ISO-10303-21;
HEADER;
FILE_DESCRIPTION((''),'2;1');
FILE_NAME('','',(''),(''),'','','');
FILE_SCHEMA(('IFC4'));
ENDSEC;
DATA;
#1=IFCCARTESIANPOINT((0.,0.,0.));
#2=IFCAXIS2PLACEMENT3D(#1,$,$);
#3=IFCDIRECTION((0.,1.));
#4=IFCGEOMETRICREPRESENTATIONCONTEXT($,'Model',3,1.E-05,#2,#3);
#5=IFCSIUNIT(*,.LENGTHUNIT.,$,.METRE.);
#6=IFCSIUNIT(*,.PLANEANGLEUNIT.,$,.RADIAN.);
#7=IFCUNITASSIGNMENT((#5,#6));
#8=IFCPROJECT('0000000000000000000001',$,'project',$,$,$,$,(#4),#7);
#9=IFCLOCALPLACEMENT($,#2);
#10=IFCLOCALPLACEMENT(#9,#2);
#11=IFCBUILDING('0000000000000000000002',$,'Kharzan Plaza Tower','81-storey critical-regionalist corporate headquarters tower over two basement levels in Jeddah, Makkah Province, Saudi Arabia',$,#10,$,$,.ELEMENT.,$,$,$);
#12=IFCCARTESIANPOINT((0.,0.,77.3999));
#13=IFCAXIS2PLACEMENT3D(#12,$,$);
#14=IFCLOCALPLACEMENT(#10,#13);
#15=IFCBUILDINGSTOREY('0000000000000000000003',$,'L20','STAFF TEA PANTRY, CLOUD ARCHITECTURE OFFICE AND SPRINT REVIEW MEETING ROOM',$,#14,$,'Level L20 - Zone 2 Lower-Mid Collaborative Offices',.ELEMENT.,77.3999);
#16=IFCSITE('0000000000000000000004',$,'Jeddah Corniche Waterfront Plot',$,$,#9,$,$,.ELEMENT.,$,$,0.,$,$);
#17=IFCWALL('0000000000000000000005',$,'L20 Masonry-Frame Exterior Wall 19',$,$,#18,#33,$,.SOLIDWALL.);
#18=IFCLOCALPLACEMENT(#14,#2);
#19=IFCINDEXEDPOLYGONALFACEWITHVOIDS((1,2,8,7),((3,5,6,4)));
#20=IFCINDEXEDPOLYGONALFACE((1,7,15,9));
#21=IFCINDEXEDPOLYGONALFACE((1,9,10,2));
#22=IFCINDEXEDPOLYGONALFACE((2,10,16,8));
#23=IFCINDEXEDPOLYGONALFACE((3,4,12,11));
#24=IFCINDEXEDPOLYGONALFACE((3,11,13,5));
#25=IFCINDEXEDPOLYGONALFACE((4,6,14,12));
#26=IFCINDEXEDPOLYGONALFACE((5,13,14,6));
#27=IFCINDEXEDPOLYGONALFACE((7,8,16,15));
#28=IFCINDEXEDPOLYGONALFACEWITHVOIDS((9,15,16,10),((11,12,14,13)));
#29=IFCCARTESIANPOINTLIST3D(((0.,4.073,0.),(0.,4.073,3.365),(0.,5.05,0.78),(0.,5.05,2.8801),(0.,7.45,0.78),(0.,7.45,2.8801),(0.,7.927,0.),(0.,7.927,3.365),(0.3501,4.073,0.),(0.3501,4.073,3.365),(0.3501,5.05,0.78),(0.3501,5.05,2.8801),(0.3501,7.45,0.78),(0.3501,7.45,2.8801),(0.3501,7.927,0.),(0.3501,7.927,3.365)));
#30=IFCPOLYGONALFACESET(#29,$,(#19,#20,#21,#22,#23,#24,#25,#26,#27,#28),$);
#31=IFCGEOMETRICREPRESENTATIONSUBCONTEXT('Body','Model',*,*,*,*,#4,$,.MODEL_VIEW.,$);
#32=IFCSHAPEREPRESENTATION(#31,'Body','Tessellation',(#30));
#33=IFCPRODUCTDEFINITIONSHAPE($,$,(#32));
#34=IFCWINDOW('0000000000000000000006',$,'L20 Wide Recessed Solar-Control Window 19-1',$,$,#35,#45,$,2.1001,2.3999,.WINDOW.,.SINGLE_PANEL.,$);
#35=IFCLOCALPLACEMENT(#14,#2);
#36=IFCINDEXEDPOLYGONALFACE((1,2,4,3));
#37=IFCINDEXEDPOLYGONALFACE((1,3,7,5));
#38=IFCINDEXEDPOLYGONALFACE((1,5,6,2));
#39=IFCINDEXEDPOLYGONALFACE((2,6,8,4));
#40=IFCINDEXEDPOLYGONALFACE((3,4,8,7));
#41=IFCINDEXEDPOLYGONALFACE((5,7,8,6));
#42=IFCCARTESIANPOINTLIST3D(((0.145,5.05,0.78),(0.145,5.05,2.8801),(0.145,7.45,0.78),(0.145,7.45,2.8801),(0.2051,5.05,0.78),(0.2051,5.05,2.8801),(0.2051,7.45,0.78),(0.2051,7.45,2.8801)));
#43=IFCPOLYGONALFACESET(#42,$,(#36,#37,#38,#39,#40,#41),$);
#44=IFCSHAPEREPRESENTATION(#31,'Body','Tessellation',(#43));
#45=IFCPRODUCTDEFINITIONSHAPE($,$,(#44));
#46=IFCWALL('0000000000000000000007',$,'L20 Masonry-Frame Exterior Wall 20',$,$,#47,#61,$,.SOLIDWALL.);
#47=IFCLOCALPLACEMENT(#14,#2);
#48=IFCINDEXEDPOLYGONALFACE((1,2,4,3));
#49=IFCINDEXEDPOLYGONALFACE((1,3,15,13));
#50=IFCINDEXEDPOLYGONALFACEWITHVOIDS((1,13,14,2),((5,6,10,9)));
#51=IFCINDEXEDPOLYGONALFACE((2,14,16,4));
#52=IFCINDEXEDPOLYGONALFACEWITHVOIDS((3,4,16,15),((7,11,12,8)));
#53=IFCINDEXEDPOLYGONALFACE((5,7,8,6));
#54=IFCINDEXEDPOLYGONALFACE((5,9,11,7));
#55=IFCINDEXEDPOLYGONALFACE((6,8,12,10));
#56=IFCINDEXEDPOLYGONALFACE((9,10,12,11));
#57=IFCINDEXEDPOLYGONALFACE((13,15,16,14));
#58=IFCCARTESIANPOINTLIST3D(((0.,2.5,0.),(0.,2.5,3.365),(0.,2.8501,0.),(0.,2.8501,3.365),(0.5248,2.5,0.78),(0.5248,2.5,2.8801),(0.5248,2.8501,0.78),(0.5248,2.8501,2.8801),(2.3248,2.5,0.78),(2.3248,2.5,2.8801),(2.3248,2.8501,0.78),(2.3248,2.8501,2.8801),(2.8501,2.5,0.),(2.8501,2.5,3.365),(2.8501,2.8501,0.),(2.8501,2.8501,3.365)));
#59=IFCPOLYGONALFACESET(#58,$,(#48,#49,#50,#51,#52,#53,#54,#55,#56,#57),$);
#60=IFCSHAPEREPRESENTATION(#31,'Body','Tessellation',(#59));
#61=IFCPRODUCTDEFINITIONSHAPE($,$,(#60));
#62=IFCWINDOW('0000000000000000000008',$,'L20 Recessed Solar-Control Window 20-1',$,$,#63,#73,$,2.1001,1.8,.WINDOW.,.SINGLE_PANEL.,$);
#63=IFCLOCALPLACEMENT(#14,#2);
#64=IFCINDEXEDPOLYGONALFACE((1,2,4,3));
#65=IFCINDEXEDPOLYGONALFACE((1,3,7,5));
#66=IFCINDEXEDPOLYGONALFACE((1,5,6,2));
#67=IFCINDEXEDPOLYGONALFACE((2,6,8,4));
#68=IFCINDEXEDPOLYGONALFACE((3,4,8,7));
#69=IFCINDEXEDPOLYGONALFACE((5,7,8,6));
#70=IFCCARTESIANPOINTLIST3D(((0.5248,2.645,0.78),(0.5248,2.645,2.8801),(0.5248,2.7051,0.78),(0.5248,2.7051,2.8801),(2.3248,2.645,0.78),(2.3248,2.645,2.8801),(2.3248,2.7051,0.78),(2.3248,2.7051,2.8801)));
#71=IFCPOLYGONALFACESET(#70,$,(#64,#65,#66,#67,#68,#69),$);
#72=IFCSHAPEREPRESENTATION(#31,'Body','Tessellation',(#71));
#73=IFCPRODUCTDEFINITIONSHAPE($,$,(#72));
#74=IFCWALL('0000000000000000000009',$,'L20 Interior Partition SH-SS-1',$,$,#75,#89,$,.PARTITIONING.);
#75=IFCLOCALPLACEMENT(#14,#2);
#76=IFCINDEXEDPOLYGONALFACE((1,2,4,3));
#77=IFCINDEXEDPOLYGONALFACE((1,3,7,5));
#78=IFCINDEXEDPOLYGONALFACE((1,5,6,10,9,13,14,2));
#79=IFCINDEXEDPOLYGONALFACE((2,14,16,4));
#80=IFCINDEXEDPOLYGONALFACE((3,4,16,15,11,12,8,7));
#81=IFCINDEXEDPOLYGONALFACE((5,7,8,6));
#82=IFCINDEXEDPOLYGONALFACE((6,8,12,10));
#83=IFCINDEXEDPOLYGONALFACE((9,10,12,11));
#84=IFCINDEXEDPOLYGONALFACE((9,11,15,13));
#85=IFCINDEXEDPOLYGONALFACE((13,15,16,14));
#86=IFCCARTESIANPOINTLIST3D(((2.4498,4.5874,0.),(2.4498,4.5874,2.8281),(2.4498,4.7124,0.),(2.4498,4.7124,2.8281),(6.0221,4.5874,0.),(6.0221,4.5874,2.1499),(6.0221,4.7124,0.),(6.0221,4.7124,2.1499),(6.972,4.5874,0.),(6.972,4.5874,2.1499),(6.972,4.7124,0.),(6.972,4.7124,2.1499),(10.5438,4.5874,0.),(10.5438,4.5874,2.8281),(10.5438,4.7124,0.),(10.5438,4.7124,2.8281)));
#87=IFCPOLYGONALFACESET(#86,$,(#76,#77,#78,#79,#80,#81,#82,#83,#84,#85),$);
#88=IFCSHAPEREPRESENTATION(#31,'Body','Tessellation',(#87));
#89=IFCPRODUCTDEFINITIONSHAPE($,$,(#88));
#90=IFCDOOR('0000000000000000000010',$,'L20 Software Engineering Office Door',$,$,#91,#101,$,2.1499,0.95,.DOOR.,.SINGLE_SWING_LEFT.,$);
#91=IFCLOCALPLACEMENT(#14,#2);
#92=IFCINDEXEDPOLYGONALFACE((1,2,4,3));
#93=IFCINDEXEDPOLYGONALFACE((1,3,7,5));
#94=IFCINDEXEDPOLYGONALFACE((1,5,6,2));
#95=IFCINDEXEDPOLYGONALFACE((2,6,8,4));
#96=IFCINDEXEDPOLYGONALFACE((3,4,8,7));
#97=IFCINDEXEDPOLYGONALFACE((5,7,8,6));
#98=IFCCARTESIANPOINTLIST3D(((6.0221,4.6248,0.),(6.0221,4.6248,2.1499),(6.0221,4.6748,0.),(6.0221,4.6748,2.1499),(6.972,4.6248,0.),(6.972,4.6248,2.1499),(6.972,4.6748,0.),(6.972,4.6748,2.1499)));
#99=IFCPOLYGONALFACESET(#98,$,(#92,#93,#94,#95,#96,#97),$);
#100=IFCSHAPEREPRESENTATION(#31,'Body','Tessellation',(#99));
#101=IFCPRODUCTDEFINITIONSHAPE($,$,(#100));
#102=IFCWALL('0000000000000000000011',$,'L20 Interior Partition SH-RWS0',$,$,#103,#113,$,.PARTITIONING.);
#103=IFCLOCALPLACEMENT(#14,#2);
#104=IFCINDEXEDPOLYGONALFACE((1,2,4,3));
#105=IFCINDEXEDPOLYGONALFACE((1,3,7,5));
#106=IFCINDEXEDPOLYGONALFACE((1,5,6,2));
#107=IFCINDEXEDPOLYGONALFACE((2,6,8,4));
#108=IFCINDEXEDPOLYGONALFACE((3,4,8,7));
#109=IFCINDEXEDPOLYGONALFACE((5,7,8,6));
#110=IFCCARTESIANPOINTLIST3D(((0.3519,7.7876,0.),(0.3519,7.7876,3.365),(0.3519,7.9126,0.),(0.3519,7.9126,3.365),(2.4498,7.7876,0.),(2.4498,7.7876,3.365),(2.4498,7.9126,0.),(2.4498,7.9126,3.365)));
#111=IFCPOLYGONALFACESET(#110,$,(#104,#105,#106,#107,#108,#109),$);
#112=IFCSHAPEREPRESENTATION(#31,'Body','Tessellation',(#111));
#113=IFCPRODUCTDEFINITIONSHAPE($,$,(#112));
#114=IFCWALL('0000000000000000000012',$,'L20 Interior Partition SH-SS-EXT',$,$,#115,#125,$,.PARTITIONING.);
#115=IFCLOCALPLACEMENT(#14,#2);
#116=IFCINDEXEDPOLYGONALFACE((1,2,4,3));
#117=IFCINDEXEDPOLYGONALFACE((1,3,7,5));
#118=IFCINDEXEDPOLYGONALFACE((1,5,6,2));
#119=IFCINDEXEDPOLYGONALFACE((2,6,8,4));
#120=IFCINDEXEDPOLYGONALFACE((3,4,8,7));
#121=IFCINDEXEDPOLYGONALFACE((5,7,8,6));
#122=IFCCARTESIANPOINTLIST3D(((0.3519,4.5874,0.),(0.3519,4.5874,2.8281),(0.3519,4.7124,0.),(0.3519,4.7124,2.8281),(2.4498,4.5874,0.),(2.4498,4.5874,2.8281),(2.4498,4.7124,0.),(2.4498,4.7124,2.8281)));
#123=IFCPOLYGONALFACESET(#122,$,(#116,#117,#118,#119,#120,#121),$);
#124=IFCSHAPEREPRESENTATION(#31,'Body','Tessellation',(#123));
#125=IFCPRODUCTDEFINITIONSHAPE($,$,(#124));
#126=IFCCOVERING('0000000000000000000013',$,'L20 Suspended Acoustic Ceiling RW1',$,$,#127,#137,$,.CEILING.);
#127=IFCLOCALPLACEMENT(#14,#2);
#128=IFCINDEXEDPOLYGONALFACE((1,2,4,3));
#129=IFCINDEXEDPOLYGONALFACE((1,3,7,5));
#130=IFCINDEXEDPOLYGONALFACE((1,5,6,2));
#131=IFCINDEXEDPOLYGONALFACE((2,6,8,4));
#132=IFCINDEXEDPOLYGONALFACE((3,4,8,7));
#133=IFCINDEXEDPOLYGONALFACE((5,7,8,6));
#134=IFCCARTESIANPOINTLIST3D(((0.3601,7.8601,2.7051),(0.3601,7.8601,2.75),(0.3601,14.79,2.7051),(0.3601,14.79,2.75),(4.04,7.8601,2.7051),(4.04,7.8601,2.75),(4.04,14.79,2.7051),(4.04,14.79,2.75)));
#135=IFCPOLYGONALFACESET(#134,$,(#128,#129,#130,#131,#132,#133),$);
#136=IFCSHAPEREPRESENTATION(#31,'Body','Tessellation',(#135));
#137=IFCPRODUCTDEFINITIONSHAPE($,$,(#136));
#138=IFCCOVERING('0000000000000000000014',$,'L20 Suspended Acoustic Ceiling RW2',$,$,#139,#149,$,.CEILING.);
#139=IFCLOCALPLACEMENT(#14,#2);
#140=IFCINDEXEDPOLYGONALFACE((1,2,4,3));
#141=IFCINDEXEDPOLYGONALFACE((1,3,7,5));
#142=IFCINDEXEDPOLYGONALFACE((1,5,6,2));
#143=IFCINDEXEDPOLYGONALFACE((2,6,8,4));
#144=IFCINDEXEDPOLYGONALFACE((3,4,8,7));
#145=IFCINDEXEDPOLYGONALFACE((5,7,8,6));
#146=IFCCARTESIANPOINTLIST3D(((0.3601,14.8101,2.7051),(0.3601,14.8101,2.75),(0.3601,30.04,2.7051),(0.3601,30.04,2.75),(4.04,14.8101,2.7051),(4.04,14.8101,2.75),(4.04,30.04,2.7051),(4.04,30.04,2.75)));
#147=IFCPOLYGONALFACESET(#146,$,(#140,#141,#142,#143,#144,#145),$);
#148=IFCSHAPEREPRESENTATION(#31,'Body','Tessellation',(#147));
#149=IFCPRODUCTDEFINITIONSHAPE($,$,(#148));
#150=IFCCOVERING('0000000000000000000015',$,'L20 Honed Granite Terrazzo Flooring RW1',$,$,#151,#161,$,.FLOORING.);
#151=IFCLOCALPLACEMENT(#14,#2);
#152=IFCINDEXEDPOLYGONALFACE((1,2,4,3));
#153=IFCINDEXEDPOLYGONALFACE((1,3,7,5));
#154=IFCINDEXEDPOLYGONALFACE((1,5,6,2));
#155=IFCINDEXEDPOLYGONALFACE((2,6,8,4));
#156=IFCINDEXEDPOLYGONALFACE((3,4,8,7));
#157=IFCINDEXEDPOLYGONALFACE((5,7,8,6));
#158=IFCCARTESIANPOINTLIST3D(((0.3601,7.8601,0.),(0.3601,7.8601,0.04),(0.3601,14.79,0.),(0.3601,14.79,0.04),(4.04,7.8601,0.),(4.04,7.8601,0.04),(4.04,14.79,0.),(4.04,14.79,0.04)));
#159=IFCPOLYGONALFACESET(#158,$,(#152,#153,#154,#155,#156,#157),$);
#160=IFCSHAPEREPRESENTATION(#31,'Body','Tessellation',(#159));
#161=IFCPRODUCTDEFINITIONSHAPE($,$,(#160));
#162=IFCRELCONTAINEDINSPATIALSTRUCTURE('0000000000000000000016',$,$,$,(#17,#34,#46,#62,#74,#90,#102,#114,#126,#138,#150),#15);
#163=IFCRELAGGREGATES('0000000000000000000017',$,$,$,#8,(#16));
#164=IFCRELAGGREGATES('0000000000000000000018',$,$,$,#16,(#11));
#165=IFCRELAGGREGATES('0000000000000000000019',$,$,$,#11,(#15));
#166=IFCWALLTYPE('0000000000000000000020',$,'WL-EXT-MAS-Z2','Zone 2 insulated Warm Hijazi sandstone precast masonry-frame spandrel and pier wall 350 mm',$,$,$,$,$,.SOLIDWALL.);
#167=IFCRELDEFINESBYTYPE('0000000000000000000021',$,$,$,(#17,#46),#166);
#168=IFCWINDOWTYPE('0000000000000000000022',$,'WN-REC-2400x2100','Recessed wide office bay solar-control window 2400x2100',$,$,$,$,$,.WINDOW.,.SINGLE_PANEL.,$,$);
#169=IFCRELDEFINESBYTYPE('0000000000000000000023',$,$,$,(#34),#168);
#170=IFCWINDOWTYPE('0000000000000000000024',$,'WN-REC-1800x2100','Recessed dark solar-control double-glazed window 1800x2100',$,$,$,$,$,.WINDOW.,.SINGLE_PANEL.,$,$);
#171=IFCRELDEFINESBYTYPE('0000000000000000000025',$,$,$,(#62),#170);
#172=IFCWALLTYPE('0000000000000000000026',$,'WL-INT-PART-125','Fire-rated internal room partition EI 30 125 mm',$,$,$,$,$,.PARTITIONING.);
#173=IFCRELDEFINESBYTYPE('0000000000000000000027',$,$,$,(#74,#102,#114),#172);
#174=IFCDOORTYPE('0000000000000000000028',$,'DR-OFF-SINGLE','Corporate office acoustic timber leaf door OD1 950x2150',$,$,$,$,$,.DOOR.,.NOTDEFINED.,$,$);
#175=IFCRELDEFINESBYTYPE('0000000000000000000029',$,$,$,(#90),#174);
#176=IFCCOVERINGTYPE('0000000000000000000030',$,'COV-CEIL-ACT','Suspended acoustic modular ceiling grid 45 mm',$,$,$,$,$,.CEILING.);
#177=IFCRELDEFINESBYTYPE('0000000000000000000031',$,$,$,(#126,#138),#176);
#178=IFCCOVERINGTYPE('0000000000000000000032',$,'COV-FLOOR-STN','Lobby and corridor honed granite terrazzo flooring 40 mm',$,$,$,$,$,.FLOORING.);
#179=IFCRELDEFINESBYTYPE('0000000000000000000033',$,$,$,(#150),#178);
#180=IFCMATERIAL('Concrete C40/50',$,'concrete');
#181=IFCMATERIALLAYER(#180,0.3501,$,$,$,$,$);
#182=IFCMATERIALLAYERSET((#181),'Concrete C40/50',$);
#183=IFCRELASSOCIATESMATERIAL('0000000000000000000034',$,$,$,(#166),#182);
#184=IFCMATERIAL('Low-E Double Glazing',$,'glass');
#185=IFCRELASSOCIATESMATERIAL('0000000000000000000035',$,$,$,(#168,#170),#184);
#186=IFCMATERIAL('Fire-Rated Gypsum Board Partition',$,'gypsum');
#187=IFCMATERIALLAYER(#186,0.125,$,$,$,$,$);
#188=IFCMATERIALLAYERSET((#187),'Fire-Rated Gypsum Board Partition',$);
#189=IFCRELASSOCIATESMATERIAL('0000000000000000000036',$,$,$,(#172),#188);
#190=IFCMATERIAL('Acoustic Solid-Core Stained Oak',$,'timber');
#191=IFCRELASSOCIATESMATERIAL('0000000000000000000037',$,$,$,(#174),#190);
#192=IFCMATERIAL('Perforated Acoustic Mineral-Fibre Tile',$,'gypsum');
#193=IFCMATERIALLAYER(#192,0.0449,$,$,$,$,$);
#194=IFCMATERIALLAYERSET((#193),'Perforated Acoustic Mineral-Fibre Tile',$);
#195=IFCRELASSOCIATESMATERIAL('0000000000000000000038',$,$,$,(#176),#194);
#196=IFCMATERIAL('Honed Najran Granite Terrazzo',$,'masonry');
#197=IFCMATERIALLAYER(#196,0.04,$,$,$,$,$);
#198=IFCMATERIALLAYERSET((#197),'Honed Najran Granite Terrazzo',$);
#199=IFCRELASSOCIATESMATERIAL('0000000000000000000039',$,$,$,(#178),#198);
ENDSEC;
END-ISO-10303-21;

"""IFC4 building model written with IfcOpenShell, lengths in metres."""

from ifc_helpers import new_model, si_unit, direction, frame, frame_2d, origin, place, context, subcontext, project, spatial, polyline, rectangle, outline, extrude, source, transform, mapped, material, layer, layer_set, type_object, element, fill, save


model = new_model("IFC4")

# Units and contexts
model_context = context("Model", 3, precision=1e-05, world=origin(), true_north=direction((0.0, 1.0)))
body_context = subcontext(model_context, "Body", "Model", "MODEL_VIEW")
ifc_project = project(units=[si_unit("LENGTHUNIT", "METRE"), si_unit("PLANEANGLEUNIT", "RADIAN")], contexts=[model_context])

# Site, building, storey
site_placement = place(None, origin())
site = spatial("IfcSite", under=ifc_project, at=site_placement, Name="Jeddah Corniche Waterfront Plot", CompositionType="ELEMENT", RefElevation=0.0)
building_placement = place(site_placement, origin())
building = spatial("IfcBuilding", under=site, at=building_placement, Name="Kharzan Plaza Tower", Description="81-storey critical-regionalist corporate headquarters tower over two basement levels in Jeddah, Makkah Province, Saudi Arabia", CompositionType="ELEMENT")
storey_placement = place(building_placement, frame((0.0, 0.0, 77.3999)))
storey = spatial("IfcBuildingStorey", under=building, at=storey_placement, Name="L20", Description="STAFF TEA PANTRY, CLOUD ARCHITECTURE OFFICE AND SPRINT REVIEW MEETING ROOM", LongName="Level L20 - Zone 2 Lower-Mid Collaborative Offices", CompositionType="ELEMENT", Elevation=77.3999)

# Shared definitions
ifc_material_1 = material(Name="Concrete C40/50", Category="concrete")

# Walls, openings, windows
ifc_layer_1 = layer(ifc_material_1, 0.3501)
ifc_layer_set_1 = layer_set([ifc_layer_1], Name="Concrete C40/50")
wall_type_1 = type_object("IfcWallType", Name="WL-EXT-MAS-Z2", Description="Zone 2 insulated Warm Hijazi sandstone precast masonry-frame spandrel and pier wall 350 mm", PredefinedType="SOLIDWALL", material=ifc_layer_set_1)
wall_1_placement = place(storey_placement, frame((0.175, 7.927, 0.0), z_axis=(0.0, 0.0, 1.0), x_axis=(0.0, -1.0, 0.0)))
wall_1 = element("IfcWall", 1, at=wall_1_placement, inside=storey, type_object=wall_type_1, Name="L20 Masonry-Frame Exterior Wall 19", PredefinedType="SOLIDWALL", context=body_context, shape_type="SweptSolid", body=[
    extrude(rectangle(XDim=3.854, YDim=0.3501, at=frame_2d((1.927, 0.0))), origin(), (0.0, 0.0, 1.0), 3.365),
])
opening_1_placement = place(wall_1_placement, frame((0.4771, 0.0, 0.78)))
opening_1 = element("IfcOpeningElement", 2, at=opening_1_placement, cuts=wall_1, PredefinedType="OPENING", context=body_context, shape_type="SweptSolid", body=[
    extrude(rectangle(XDim=2.3999, YDim=2.1001, at=frame_2d((1.2, 1.05))), frame((0.0, 0.1851, 0.0), z_axis=(0.0, -1.0, 0.0), x_axis=(1.0, 0.0, 0.0)), (0.0, 0.0, 1.0), 0.3701),
])
ifc_material_2 = material(Name="Low-E Double Glazing", Category="glass")
window_type_1 = type_object("IfcWindowType", Name="WN-REC-2400x2100", Description="Recessed wide office bay solar-control window 2400x2100", PartitioningType="SINGLE_PANEL", PredefinedType="WINDOW", material=ifc_material_2)
shared_shape_1 = source(origin(), body_context, "Body", "SweptSolid", [
    extrude(rectangle(XDim=2.3999, YDim=2.1001, at=frame_2d((1.2, 1.05))), frame((0.0, 0.03, 0.0), z_axis=(0.0, -1.0, 0.0), x_axis=(1.0, 0.0, 0.0)), (0.0, 0.0, 1.0), 0.0601),
])
window_1_placement = place(opening_1_placement, origin())
window_1 = element("IfcWindow", 3, at=window_1_placement, inside=storey, type_object=window_type_1, Name="L20 Wide Recessed Solar-Control Window 19-1", OverallHeight=2.1001, OverallWidth=2.3999, PartitioningType="SINGLE_PANEL", PredefinedType="WINDOW", context=body_context, shape_type="MappedRepresentation", body=[
    mapped(shared_shape_1, transform((0.0, 0.0, 0.0), x_axis=(1.0, 0.0, 0.0), y_axis=(0.0, 1.0, 0.0), z_axis=(0.0, 0.0, 1.0))),
])
fill(opening_1, window_1)
wall_2_placement = place(storey_placement, frame((0.0, 2.675, 0.0), z_axis=(0.0, 0.0, 1.0), x_axis=(1.0, 0.0, 0.0)))
wall_2 = element("IfcWall", 4, at=wall_2_placement, inside=storey, type_object=wall_type_1, Name="L20 Masonry-Frame Exterior Wall 20", PredefinedType="SOLIDWALL", context=body_context, shape_type="SweptSolid", body=[
    extrude(rectangle(XDim=2.8501, YDim=0.3501, at=frame_2d((1.425, 0.0))), origin(), (0.0, 0.0, 1.0), 3.365),
])
opening_2_placement = place(wall_2_placement, frame((0.5249, 0.0, 0.78)))
opening_2 = element("IfcOpeningElement", 5, at=opening_2_placement, cuts=wall_2, PredefinedType="OPENING", context=body_context, shape_type="SweptSolid", body=[
    extrude(rectangle(XDim=1.8, YDim=2.1001, at=frame_2d((0.8999, 1.05))), frame((0.0, 0.1851, 0.0), z_axis=(0.0, -1.0, 0.0), x_axis=(1.0, 0.0, 0.0)), (0.0, 0.0, 1.0), 0.3701),
])
window_type_2 = type_object("IfcWindowType", Name="WN-REC-1800x2100", Description="Recessed dark solar-control double-glazed window 1800x2100", PartitioningType="SINGLE_PANEL", PredefinedType="WINDOW", material=ifc_material_2)
shared_shape_2 = source(origin(), body_context, "Body", "SweptSolid", [
    extrude(rectangle(XDim=1.8, YDim=2.1001, at=frame_2d((0.8999, 1.05))), frame((0.0, 0.03, 0.0), z_axis=(0.0, -1.0, 0.0), x_axis=(1.0, 0.0, 0.0)), (0.0, 0.0, 1.0), 0.0601),
])
window_2_placement = place(opening_2_placement, origin())
window_2 = element("IfcWindow", 6, at=window_2_placement, inside=storey, type_object=window_type_2, Name="L20 Recessed Solar-Control Window 20-1", OverallHeight=2.1001, OverallWidth=1.8, PartitioningType="SINGLE_PANEL", PredefinedType="WINDOW", context=body_context, shape_type="MappedRepresentation", body=[
    mapped(shared_shape_2, transform((0.0, 0.0, 0.0), x_axis=(1.0, 0.0, 0.0), y_axis=(0.0, 1.0, 0.0), z_axis=(0.0, 0.0, 1.0))),
])
fill(opening_2, window_2)

# Wall, opening, door
ifc_material_3 = material(Name="Fire-Rated Gypsum Board Partition", Category="gypsum")
ifc_layer_2 = layer(ifc_material_3, 0.125)
ifc_layer_set_2 = layer_set([ifc_layer_2], Name="Fire-Rated Gypsum Board Partition")
wall_type_2 = type_object("IfcWallType", Name="WL-INT-PART-125", Description="Fire-rated internal room partition EI 30 125 mm", PredefinedType="PARTITIONING", material=ifc_layer_set_2)
ifc_material_4 = material(Name="Acoustic Solid-Core Stained Oak", Category="timber")
door_type = type_object("IfcDoorType", Name="DR-OFF-SINGLE", Description="Corporate office acoustic timber leaf door OD1 950x2150", OperationType="NOTDEFINED", PredefinedType="DOOR", material=ifc_material_4)
shared_shape_3 = source(origin(), body_context, "Body", "SweptSolid", [
    extrude(rectangle(XDim=0.95, YDim=2.1499, at=frame_2d((0.4751, 1.075))), frame((0.0, 0.0249, 0.0), z_axis=(0.0, -1.0, 0.0), x_axis=(1.0, 0.0, 0.0)), (0.0, 0.0, 1.0), 0.05),
])
wall_3_placement = place(storey_placement, frame((2.45, 4.6499, 0.0), z_axis=(0.0, 0.0, 1.0), x_axis=(1.0, 0.0, 0.0)))
wall_3 = element("IfcWall", 7, at=wall_3_placement, inside=storey, type_object=wall_type_2, Name="L20 Interior Partition SH-SS-1", PredefinedType="PARTITIONING", context=body_context, shape_type="SweptSolid", body=[
    extrude(rectangle(XDim=8.094, YDim=0.125, at=frame_2d((4.0469, 0.0))), origin(), (0.0, 0.0, 1.0), 2.8281),
])
opening_3_placement = place(wall_3_placement, frame((3.572, 0.0, 0.0)))
opening_3 = element("IfcOpeningElement", 8, at=opening_3_placement, cuts=wall_3, PredefinedType="OPENING", context=body_context, shape_type="SweptSolid", body=[
    extrude(rectangle(XDim=0.95, YDim=2.1499, at=frame_2d((0.4751, 1.075))), frame((0.0, 0.0725, 0.0), z_axis=(0.0, -1.0, 0.0), x_axis=(1.0, 0.0, 0.0)), (0.0, 0.0, 1.0), 0.145),
])
door_1_placement = place(opening_3_placement, origin())
door_1 = element("IfcDoor", 9, at=door_1_placement, inside=storey, type_object=door_type, Name="L20 Software Engineering Office Door", OperationType="SINGLE_SWING_LEFT", OverallHeight=2.1499, OverallWidth=0.95, PredefinedType="DOOR", context=body_context, shape_type="MappedRepresentation", body=[
    mapped(shared_shape_3, transform((0.0, 0.0, 0.0), x_axis=(1.0, 0.0, 0.0), y_axis=(0.0, 1.0, 0.0), z_axis=(0.0, 0.0, 1.0))),
])
fill(opening_3, door_1)

# Walls
shared_shape_4 = source(origin(), body_context, "Body", "SweptSolid", [
    extrude(rectangle(XDim=2.0979, YDim=0.125, at=frame_2d((1.0488, 0.0))), origin(), (0.0, 0.0, 1.0), 3.365),
])
wall_4_placement = place(storey_placement, frame((0.3521, 7.8501, 0.0), z_axis=(0.0, 0.0, 1.0), x_axis=(1.0, 0.0, 0.0)))
element("IfcWall", 10, at=wall_4_placement, inside=storey, type_object=wall_type_2, Name="L20 Interior Partition SH-RWS0", PredefinedType="PARTITIONING", context=body_context, shape_type="MappedRepresentation", body=[
    mapped(shared_shape_4, transform((0.0, 0.0, 0.0), x_axis=(1.0, 0.0, 0.0), y_axis=(0.0, 1.0, 0.0), z_axis=(0.0, 0.0, 1.0))),
])
shared_shape_5 = source(origin(), body_context, "Body", "SweptSolid", [
    extrude(rectangle(XDim=2.0979, YDim=0.125, at=frame_2d((1.0488, 0.0))), origin(), (0.0, 0.0, 1.0), 2.8281),
])
wall_5_placement = place(storey_placement, frame((0.3521, 4.6499, 0.0), z_axis=(0.0, 0.0, 1.0), x_axis=(1.0, 0.0, 0.0)))
element("IfcWall", 11, at=wall_5_placement, inside=storey, type_object=wall_type_2, Name="L20 Interior Partition SH-SS-EXT", PredefinedType="PARTITIONING", context=body_context, shape_type="MappedRepresentation", body=[
    mapped(shared_shape_5, transform((0.0, 0.0, 0.0), x_axis=(1.0, 0.0, 0.0), y_axis=(0.0, 1.0, 0.0), z_axis=(0.0, 0.0, 1.0))),
])

# Coverings
ifc_material_5 = material(Name="Perforated Acoustic Mineral-Fibre Tile", Category="gypsum")
ifc_layer_3 = layer(ifc_material_5, 0.0449)
ifc_layer_set_3 = layer_set([ifc_layer_3], Name="Perforated Acoustic Mineral-Fibre Tile")
covering_type_1 = type_object("IfcCoveringType", Name="COV-CEIL-ACT", Description="Suspended acoustic modular ceiling grid 45 mm", PredefinedType="CEILING", material=ifc_layer_set_3)
covering_1_placement = place(storey_placement, frame((0.0, 0.0, 2.7051)))
element("IfcCovering", 12, at=covering_1_placement, inside=storey, type_object=covering_type_1, Name="L20 Suspended Acoustic Ceiling RW1", PredefinedType="CEILING", context=body_context, shape_type="SweptSolid", body=[
    extrude(outline(polyline([(0.3601, 7.8601), (4.04, 7.8601), (4.04, 14.79), (0.3601, 14.79), (0.3601, 7.8601)])), origin(), (0.0, 0.0, 1.0), 0.0449),
])
covering_2_placement = place(storey_placement, frame((0.0, 0.0, 2.7051)))
element("IfcCovering", 13, at=covering_2_placement, inside=storey, type_object=covering_type_1, Name="L20 Suspended Acoustic Ceiling RW2", PredefinedType="CEILING", context=body_context, shape_type="SweptSolid", body=[
    extrude(outline(polyline([(0.3601, 14.8101), (4.04, 14.8101), (4.04, 30.04), (0.3601, 30.04), (0.3601, 14.8101)])), origin(), (0.0, 0.0, 1.0), 0.0449),
])
ifc_material_6 = material(Name="Honed Najran Granite Terrazzo", Category="masonry")
ifc_layer_4 = layer(ifc_material_6, 0.04)
ifc_layer_set_4 = layer_set([ifc_layer_4], Name="Honed Najran Granite Terrazzo")
covering_type_2 = type_object("IfcCoveringType", Name="COV-FLOOR-STN", Description="Lobby and corridor honed granite terrazzo flooring 40 mm", PredefinedType="FLOORING", material=ifc_layer_set_4)
covering_3_placement = place(storey_placement, origin())
element("IfcCovering", 14, at=covering_3_placement, inside=storey, type_object=covering_type_2, Name="L20 Honed Granite Terrazzo Flooring RW1", PredefinedType="FLOORING", context=body_context, shape_type="SweptSolid", body=[
    extrude(outline(polyline([(0.3601, 7.8601), (4.04, 7.8601), (4.04, 14.79), (0.3601, 14.79), (0.3601, 7.8601)])), origin(), (0.0, 0.0, 1.0), 0.04),
])

save(model, "model.ifc")
